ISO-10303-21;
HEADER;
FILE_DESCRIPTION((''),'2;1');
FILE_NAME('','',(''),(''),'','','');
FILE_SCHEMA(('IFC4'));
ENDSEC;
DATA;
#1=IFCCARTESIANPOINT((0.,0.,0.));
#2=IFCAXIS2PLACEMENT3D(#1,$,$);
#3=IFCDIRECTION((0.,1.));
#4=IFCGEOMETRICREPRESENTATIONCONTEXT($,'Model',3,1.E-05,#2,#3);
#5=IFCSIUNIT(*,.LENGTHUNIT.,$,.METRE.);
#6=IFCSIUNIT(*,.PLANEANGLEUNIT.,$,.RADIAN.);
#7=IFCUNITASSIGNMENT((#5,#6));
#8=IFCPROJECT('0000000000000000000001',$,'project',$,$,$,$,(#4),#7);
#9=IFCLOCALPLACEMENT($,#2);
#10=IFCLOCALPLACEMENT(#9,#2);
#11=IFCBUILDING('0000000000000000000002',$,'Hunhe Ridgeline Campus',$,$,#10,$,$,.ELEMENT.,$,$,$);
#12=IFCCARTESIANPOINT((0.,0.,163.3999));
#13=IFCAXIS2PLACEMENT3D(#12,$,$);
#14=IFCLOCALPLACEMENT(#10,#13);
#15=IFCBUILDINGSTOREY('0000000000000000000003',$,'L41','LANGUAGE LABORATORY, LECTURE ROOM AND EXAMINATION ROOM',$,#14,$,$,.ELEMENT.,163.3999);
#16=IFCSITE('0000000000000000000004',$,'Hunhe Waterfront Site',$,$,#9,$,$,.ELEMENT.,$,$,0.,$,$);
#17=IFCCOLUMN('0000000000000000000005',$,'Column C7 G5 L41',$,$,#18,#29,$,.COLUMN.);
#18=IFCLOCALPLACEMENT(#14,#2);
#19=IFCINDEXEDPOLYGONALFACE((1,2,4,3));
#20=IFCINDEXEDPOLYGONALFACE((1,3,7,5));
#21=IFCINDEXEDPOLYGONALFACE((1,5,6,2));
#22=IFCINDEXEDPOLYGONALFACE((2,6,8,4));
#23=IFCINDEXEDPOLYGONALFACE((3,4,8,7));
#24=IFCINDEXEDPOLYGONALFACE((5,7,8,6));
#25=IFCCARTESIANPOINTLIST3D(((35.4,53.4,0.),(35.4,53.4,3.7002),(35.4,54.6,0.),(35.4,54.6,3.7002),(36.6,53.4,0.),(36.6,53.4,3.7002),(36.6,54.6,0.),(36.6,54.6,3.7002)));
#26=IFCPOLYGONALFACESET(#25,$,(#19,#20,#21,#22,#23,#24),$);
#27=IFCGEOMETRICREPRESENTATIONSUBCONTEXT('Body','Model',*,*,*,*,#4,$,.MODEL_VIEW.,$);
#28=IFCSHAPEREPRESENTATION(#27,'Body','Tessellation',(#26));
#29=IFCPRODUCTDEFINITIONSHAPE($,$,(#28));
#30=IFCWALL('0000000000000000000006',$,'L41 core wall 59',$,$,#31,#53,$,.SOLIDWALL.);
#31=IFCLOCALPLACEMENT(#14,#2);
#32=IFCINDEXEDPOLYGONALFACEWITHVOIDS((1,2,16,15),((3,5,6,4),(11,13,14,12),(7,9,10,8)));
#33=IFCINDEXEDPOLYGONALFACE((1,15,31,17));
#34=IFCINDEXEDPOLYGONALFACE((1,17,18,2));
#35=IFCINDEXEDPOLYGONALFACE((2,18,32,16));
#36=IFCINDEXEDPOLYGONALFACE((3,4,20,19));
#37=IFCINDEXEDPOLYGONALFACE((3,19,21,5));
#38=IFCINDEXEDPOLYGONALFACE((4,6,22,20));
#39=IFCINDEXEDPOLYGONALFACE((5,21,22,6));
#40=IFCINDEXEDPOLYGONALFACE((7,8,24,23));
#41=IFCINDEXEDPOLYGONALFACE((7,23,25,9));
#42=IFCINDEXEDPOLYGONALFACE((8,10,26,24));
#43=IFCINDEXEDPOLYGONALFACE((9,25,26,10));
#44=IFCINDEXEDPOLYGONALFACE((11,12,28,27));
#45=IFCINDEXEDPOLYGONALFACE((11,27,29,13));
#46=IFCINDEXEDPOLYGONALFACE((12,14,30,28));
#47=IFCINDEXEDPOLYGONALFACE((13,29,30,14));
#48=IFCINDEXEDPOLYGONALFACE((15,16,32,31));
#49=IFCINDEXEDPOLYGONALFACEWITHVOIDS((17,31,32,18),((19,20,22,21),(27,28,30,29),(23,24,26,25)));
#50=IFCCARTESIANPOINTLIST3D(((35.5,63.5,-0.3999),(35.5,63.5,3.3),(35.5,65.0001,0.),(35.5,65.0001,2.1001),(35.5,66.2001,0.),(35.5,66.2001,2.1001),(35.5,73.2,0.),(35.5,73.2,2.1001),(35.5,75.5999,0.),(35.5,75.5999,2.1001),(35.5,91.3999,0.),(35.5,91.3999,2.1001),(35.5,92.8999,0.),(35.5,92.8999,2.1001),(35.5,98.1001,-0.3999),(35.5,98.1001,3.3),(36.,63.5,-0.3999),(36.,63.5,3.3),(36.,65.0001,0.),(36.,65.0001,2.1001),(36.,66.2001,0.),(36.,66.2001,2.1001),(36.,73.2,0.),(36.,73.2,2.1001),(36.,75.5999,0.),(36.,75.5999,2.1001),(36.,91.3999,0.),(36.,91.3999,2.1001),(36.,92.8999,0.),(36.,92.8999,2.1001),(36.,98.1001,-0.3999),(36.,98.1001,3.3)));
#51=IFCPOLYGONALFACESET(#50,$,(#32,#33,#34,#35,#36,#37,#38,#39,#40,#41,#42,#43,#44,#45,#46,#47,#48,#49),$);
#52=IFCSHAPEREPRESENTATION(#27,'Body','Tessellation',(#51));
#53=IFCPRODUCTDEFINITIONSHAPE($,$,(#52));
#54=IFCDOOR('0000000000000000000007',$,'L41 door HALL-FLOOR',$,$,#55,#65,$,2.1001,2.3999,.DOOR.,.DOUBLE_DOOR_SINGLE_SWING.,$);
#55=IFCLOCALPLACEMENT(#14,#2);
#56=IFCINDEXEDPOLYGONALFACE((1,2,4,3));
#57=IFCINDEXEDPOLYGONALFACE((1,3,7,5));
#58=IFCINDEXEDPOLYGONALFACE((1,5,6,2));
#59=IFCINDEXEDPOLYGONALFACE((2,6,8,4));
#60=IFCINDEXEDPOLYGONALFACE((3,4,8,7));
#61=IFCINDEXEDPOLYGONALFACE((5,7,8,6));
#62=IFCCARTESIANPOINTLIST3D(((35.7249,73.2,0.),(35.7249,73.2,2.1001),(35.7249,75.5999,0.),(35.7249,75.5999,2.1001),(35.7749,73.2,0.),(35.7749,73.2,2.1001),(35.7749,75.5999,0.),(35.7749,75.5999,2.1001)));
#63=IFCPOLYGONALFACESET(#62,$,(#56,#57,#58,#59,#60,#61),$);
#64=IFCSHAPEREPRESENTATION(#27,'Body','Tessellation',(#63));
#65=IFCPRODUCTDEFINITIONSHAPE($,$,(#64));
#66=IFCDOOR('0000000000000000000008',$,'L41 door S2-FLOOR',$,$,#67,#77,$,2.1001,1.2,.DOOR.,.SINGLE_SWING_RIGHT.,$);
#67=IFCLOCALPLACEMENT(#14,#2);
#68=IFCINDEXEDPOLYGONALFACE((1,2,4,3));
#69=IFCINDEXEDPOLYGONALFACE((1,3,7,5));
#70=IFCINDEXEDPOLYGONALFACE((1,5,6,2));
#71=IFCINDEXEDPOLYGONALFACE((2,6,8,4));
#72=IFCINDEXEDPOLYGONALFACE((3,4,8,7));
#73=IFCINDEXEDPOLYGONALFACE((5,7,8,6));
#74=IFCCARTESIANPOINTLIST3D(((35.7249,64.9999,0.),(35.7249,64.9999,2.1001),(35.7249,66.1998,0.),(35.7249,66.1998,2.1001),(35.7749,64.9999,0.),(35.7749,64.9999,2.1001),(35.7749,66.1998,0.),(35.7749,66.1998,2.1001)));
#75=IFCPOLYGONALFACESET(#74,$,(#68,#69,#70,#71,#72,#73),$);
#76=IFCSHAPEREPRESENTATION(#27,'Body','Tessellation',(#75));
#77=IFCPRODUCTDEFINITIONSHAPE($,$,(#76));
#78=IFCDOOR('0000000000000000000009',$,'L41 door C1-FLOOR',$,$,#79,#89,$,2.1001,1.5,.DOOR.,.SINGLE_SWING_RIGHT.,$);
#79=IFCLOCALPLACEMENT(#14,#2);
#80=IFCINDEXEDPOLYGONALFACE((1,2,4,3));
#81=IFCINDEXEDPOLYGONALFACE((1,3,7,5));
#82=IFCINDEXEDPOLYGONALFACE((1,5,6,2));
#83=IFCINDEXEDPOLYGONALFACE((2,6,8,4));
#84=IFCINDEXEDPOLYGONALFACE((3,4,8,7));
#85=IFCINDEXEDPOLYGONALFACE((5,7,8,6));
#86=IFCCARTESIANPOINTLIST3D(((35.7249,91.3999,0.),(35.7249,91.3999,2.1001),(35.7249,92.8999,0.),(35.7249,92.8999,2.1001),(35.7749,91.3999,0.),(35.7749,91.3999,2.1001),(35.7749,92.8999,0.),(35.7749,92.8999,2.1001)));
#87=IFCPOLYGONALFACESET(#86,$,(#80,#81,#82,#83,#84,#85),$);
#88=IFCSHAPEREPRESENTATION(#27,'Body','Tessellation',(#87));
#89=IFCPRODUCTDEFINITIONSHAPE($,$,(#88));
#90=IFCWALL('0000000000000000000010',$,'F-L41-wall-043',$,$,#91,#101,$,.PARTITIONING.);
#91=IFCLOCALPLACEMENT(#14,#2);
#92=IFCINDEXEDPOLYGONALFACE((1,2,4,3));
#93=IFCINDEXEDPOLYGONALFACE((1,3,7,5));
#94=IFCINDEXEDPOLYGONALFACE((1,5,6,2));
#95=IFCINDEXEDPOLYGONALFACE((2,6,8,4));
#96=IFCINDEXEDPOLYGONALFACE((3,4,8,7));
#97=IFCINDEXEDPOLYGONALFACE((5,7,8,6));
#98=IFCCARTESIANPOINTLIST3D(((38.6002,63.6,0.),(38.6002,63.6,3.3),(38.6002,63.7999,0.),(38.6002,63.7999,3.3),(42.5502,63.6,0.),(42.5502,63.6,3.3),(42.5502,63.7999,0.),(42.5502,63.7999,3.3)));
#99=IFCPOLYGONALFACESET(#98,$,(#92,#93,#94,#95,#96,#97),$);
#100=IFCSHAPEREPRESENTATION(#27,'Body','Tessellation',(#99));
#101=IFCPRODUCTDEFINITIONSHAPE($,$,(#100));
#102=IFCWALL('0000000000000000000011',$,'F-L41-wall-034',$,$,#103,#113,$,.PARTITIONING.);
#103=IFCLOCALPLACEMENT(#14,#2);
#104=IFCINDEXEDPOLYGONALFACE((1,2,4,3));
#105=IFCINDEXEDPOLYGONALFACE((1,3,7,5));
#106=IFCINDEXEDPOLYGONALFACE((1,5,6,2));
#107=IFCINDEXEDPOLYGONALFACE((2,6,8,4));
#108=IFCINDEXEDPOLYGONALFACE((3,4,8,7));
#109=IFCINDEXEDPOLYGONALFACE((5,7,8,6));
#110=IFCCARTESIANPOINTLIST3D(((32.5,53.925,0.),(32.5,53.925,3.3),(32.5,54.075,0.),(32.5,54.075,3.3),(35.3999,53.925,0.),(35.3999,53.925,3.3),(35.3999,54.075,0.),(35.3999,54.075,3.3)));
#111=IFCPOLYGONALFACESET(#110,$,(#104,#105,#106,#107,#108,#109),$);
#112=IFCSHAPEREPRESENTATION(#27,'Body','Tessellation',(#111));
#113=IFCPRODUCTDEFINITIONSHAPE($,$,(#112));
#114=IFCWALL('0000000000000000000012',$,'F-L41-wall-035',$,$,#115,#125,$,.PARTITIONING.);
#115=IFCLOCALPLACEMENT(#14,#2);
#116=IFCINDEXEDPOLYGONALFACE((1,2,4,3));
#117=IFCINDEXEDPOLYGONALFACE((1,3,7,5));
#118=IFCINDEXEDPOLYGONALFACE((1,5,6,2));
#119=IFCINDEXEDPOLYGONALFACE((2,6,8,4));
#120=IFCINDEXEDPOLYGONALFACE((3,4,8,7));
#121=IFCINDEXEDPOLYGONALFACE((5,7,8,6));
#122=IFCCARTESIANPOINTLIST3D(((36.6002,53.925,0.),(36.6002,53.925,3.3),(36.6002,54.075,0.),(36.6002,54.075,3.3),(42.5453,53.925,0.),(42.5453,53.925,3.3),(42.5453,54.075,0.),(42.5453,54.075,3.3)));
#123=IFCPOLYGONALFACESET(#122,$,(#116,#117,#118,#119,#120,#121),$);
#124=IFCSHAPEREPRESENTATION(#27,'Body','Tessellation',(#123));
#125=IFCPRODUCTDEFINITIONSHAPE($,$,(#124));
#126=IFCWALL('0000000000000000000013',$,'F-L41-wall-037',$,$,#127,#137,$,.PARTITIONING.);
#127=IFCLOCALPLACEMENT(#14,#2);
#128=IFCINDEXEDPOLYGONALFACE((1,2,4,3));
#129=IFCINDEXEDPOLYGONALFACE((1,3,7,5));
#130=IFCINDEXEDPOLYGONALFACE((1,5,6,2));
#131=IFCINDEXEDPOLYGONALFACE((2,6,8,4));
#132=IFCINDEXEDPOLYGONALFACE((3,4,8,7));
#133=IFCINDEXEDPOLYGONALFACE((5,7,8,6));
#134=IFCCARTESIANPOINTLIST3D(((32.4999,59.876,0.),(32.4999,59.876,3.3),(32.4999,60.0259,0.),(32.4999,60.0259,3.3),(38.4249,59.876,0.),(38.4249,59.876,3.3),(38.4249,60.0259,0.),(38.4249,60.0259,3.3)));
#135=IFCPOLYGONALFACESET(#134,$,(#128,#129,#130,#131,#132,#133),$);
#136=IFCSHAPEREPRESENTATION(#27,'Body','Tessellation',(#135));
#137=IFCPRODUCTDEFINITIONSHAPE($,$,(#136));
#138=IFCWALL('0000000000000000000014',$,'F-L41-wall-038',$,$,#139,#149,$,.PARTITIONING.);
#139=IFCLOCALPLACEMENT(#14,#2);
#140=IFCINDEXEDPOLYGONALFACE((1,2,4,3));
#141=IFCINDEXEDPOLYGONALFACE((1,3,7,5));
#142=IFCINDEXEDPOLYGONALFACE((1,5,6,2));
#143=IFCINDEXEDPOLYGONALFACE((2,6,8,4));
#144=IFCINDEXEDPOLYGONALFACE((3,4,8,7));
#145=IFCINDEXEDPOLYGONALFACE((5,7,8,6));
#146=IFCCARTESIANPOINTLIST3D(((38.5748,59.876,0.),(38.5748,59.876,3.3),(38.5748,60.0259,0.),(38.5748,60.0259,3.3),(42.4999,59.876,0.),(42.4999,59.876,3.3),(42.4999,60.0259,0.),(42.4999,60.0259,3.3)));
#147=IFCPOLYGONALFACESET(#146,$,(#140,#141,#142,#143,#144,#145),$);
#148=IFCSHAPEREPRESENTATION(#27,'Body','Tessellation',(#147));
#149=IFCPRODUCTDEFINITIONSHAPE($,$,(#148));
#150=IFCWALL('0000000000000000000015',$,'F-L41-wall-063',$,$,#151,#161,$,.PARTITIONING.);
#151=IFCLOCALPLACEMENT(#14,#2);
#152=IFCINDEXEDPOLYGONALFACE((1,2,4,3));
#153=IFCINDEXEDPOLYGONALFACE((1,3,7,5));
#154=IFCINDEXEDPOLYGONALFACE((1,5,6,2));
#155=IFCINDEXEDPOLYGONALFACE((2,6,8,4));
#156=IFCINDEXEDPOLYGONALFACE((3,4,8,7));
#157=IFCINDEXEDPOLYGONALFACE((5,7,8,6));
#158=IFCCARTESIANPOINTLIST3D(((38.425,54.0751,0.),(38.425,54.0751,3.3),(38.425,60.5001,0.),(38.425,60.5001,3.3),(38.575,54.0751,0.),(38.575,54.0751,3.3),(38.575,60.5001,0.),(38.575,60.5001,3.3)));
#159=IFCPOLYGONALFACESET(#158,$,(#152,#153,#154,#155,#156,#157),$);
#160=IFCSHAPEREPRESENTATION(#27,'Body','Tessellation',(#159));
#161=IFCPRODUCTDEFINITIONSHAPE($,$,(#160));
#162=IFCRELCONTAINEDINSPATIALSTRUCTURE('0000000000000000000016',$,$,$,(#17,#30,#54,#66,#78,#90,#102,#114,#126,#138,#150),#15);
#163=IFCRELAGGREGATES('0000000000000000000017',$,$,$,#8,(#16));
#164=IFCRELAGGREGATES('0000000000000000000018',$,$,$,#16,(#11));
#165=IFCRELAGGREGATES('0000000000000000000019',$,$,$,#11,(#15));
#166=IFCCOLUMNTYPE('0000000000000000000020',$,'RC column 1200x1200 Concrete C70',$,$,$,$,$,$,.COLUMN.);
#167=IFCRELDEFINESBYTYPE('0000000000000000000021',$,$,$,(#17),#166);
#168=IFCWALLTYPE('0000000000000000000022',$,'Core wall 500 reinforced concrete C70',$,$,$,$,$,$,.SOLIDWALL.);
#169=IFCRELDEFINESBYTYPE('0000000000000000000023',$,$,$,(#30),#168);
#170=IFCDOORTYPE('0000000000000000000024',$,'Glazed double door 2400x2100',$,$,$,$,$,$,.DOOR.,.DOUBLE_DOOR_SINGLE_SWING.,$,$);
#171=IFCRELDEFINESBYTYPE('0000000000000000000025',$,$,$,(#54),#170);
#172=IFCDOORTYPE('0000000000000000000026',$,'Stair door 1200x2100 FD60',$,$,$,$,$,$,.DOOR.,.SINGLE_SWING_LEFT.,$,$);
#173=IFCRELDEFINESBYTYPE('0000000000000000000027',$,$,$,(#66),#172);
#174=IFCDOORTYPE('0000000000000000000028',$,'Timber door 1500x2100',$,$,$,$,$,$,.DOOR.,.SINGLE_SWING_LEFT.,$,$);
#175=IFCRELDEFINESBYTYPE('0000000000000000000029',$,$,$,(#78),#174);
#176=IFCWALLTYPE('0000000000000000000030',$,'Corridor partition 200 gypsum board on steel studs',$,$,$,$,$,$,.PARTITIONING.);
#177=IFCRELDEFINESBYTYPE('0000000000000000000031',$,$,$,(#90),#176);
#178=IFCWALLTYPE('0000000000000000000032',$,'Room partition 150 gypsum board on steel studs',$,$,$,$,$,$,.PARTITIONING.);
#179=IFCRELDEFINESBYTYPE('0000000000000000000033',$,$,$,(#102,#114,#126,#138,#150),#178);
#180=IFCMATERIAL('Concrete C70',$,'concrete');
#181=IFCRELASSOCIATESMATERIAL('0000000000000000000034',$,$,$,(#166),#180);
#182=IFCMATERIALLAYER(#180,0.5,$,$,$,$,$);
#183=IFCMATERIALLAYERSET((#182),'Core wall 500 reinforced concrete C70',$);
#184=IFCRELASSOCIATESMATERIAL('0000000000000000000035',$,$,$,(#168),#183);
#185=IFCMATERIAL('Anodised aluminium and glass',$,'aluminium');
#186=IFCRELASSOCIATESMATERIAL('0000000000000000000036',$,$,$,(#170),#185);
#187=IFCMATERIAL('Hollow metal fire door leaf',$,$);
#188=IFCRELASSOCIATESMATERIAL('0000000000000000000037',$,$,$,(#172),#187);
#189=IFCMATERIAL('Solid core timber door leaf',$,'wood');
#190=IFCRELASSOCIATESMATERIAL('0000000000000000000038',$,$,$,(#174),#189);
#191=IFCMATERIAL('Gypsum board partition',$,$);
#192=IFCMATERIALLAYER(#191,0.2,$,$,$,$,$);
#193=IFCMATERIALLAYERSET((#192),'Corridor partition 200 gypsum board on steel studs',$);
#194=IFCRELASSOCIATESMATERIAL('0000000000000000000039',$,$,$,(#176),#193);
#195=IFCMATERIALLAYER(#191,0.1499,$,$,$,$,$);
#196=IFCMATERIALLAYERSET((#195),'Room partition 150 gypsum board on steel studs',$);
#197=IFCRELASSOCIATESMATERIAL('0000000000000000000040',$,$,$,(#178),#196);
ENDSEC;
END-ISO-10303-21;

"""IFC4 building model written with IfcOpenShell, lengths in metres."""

from ifc_helpers import new_model, si_unit, direction, frame, frame_2d, origin, origin_2d, place, context, subcontext, project, spatial, rectangle, extrude, material, layer, layer_set, material_profile, profile_set, type_object, element, fill, save


model = new_model("IFC4")

# Units and contexts
model_context = context("Model", 3, precision=1e-05, world=origin(), true_north=direction((0.0, 1.0)))
body_context = subcontext(model_context, "Body", "Model", "MODEL_VIEW")
ifc_project = project(units=[si_unit("LENGTHUNIT", "METRE"), si_unit("PLANEANGLEUNIT", "RADIAN")], contexts=[model_context])

# Site, building, storey
site_placement = place(None, origin())
site = spatial("IfcSite", under=ifc_project, at=site_placement, Name="Hunhe Waterfront Site", CompositionType="ELEMENT", RefElevation=0.0)
building_placement = place(site_placement, origin())
building = spatial("IfcBuilding", under=site, at=building_placement, Name="Hunhe Ridgeline Campus", CompositionType="ELEMENT")
storey_placement = place(building_placement, frame((0.0, 0.0, 163.3999)))
storey = spatial("IfcBuildingStorey", under=building, at=storey_placement, Name="L41", Description="LANGUAGE LABORATORY, LECTURE ROOM AND EXAMINATION ROOM", CompositionType="ELEMENT", Elevation=163.3999)

# Column
ifc_material_1 = material(Name="Concrete C70", Category="concrete")
ifc_material_profile = material_profile(ifc_material_1, rectangle(XDim=1.2, YDim=1.2, at=origin_2d()))
ifc_profile_set = profile_set([ifc_material_profile], Name="Concrete C70")
column_type = type_object("IfcColumnType", Name="RC column 1200x1200 Concrete C70", PredefinedType="COLUMN", material=ifc_profile_set)
column_placement = place(storey_placement, frame((36.0, 54.0, 0.0), z_axis=(0.0, 0.0, 1.0), x_axis=(1.0, 0.0, 0.0)))
element("IfcColumn", 1, at=column_placement, inside=storey, type_object=column_type, Name="Column C7 G5 L41", PredefinedType="COLUMN", context=body_context, shape_type="SweptSolid", body=[
    extrude(rectangle(XDim=1.2, YDim=1.2, at=origin_2d()), origin(), (0.0, 0.0, 1.0), 3.7002),
])

# Wall, openings, doors
ifc_layer_1 = layer(ifc_material_1, 0.5)
ifc_layer_set_1 = layer_set([ifc_layer_1], Name="Core wall 500 reinforced concrete C70")
wall_type_1 = type_object("IfcWallType", Name="Core wall 500 reinforced concrete C70", PredefinedType="SOLIDWALL", material=ifc_layer_set_1)
wall_1_placement = place(storey_placement, frame((35.75, 63.5, -0.3999), z_axis=(0.0, 0.0, 1.0), x_axis=(0.0, 1.0, 0.0)))
wall_1 = element("IfcWall", 2, at=wall_1_placement, inside=storey, type_object=wall_type_1, Name="L41 core wall 59", PredefinedType="SOLIDWALL", context=body_context, shape_type="SweptSolid", body=[
    extrude(rectangle(XDim=34.6001, YDim=0.5, at=frame_2d((17.3, 0.0))), origin(), (0.0, 0.0, 1.0), 3.7),
])
opening_1_placement = place(wall_1_placement, frame((9.7, 0.0, 0.3999)))
opening_1 = element("IfcOpeningElement", 3, at=opening_1_placement, cuts=wall_1, PredefinedType="OPENING", context=body_context, shape_type="SweptSolid", body=[
    extrude(rectangle(XDim=2.3999, YDim=2.1001, at=frame_2d((1.2, 1.05))), frame((0.0, 0.25, 0.0), z_axis=(0.0, -1.0, 0.0), x_axis=(1.0, 0.0, 0.0)), (0.0, 0.0, 1.0), 0.5),
])
opening_2_placement = place(wall_1_placement, frame((27.8999, 0.0, 0.3999)))
opening_2 = element("IfcOpeningElement", 4, at=opening_2_placement, cuts=wall_1, PredefinedType="OPENING", context=body_context, shape_type="SweptSolid", body=[
    extrude(rectangle(XDim=1.5, YDim=2.1001, at=frame_2d((0.75, 1.05))), frame((0.0, 0.25, 0.0), z_axis=(0.0, -1.0, 0.0), x_axis=(1.0, 0.0, 0.0)), (0.0, 0.0, 1.0), 0.5),
])
opening_3_placement = place(wall_1_placement, frame((1.5, 0.0, 0.3999)))
opening_3 = element("IfcOpeningElement", 5, at=opening_3_placement, cuts=wall_1, PredefinedType="OPENING", context=body_context, shape_type="SweptSolid", body=[
    extrude(rectangle(XDim=1.2, YDim=2.1001, at=frame_2d((0.6001, 1.05))), frame((0.0, 0.25, 0.0), z_axis=(0.0, -1.0, 0.0), x_axis=(1.0, 0.0, 0.0)), (0.0, 0.0, 1.0), 0.5),
])
ifc_material_2 = material(Name="Anodised aluminium and glass", Category="aluminium")
door_type_1 = type_object("IfcDoorType", Name="Glazed double door 2400x2100", OperationType="DOUBLE_DOOR_SINGLE_SWING", PredefinedType="DOOR", material=ifc_material_2)
door_1_placement = place(opening_1_placement, frame((2.3999, 0.0, 0.0), z_axis=(0.0, 0.0, 1.0), x_axis=(-1.0, 0.0, 0.0)))
door_1 = element("IfcDoor", 6, at=door_1_placement, inside=storey, type_object=door_type_1, Name="L41 door HALL-FLOOR", OperationType="DOUBLE_DOOR_SINGLE_SWING", OverallHeight=2.1001, OverallWidth=2.3999, PredefinedType="DOOR", context=body_context, shape_type="SweptSolid", body=[
    extrude(rectangle(XDim=2.3999, YDim=2.1001, at=frame_2d((1.2, 1.05))), frame((0.0, 0.0249, 0.0), z_axis=(0.0, -1.0, 0.0), x_axis=(1.0, 0.0, 0.0)), (0.0, 0.0, 1.0), 0.05),
])
fill(opening_1, door_1)
ifc_material_3 = material(Name="Hollow metal fire door leaf")
door_type_2 = type_object("IfcDoorType", Name="Stair door 1200x2100 FD60", OperationType="SINGLE_SWING_LEFT", PredefinedType="DOOR", material=ifc_material_3)
door_2_placement = place(opening_3_placement, frame((1.2, 0.0, 0.0), z_axis=(0.0, 0.0, 1.0), x_axis=(-1.0, 0.0, 0.0)))
door_2 = element("IfcDoor", 7, at=door_2_placement, inside=storey, type_object=door_type_2, Name="L41 door S2-FLOOR", OperationType="SINGLE_SWING_RIGHT", OverallHeight=2.1001, OverallWidth=1.2, PredefinedType="DOOR", context=body_context, shape_type="SweptSolid", body=[
    extrude(rectangle(XDim=1.2, YDim=2.1001, at=frame_2d((0.6001, 1.05))), frame((0.0, 0.0249, 0.0), z_axis=(0.0, -1.0, 0.0), x_axis=(1.0, 0.0, 0.0)), (0.0, 0.0, 1.0), 0.05),
])
fill(opening_3, door_2)
ifc_material_4 = material(Name="Solid core timber door leaf", Category="wood")
door_type_3 = type_object("IfcDoorType", Name="Timber door 1500x2100", OperationType="SINGLE_SWING_LEFT", PredefinedType="DOOR", material=ifc_material_4)
door_3_placement = place(opening_2_placement, frame((1.5, 0.0, 0.0), z_axis=(0.0, 0.0, 1.0), x_axis=(-1.0, 0.0, 0.0)))
door_3 = element("IfcDoor", 8, at=door_3_placement, inside=storey, type_object=door_type_3, Name="L41 door C1-FLOOR", OperationType="SINGLE_SWING_RIGHT", OverallHeight=2.1001, OverallWidth=1.5, PredefinedType="DOOR", context=body_context, shape_type="SweptSolid", body=[
    extrude(rectangle(XDim=1.5, YDim=2.1001, at=frame_2d((0.75, 1.05))), frame((0.0, 0.0249, 0.0), z_axis=(0.0, -1.0, 0.0), x_axis=(1.0, 0.0, 0.0)), (0.0, 0.0, 1.0), 0.05),
])
fill(opening_2, door_3)

# Wall
ifc_material_5 = material(Name="Gypsum board partition")
ifc_layer_2 = layer(ifc_material_5, 0.2)
ifc_layer_set_2 = layer_set([ifc_layer_2], Name="Corridor partition 200 gypsum board on steel studs")
wall_type_2 = type_object("IfcWallType", Name="Corridor partition 200 gypsum board on steel studs", PredefinedType="PARTITIONING", material=ifc_layer_set_2)
wall_2_placement = place(storey_placement, frame((38.6001, 63.7, 0.0), z_axis=(0.0, 0.0, 1.0), x_axis=(1.0, 0.0, 0.0)))
element("IfcWall", 9, at=wall_2_placement, inside=storey, type_object=wall_type_2, Name="F-L41-wall-043", PredefinedType="PARTITIONING", context=body_context, shape_type="SweptSolid", body=[
    extrude(rectangle(XDim=3.95, YDim=0.2, at=frame_2d((1.9751, 0.0))), origin(), (0.0, 0.0, 1.0), 3.3),
])

# Walls
ifc_layer_3 = layer(ifc_material_5, 0.1499)
ifc_layer_set_3 = layer_set([ifc_layer_3], Name="Room partition 150 gypsum board on steel studs")
wall_type_3 = type_object("IfcWallType", Name="Room partition 150 gypsum board on steel studs", PredefinedType="PARTITIONING", material=ifc_layer_set_3)
wall_3_placement = place(storey_placement, frame((32.5, 54.0, 0.0), z_axis=(0.0, 0.0, 1.0), x_axis=(1.0, 0.0, 0.0)))
element("IfcWall", 10, at=wall_3_placement, inside=storey, type_object=wall_type_3, Name="F-L41-wall-034", PredefinedType="PARTITIONING", context=body_context, shape_type="SweptSolid", body=[
    extrude(rectangle(XDim=2.8999, YDim=0.1499, at=frame_2d((1.45, 0.0))), origin(), (0.0, 0.0, 1.0), 3.3),
])
wall_4_placement = place(storey_placement, frame((36.6001, 54.0, 0.0), z_axis=(0.0, 0.0, 1.0), x_axis=(1.0, 0.0, 0.0)))
element("IfcWall", 11, at=wall_4_placement, inside=storey, type_object=wall_type_3, Name="F-L41-wall-035", PredefinedType="PARTITIONING", context=body_context, shape_type="SweptSolid", body=[
    extrude(rectangle(XDim=5.9451, YDim=0.1499, at=frame_2d((2.9727, 0.0))), origin(), (0.0, 0.0, 1.0), 3.3),
])
wall_5_placement = place(storey_placement, frame((32.5, 59.9509, 0.0), z_axis=(0.0, 0.0, 1.0), x_axis=(1.0, 0.0, 0.0)))
element("IfcWall", 12, at=wall_5_placement, inside=storey, type_object=wall_type_3, Name="F-L41-wall-037", PredefinedType="PARTITIONING", context=body_context, shape_type="SweptSolid", body=[
    extrude(rectangle(XDim=5.925, YDim=0.1499, at=frame_2d((2.9624, 0.0))), origin(), (0.0, 0.0, 1.0), 3.3),
])
wall_6_placement = place(storey_placement, frame((38.575, 59.9509, 0.0), z_axis=(0.0, 0.0, 1.0), x_axis=(1.0, 0.0, 0.0)))
element("IfcWall", 13, at=wall_6_placement, inside=storey, type_object=wall_type_3, Name="F-L41-wall-038", PredefinedType="PARTITIONING", context=body_context, shape_type="SweptSolid", body=[
    extrude(rectangle(XDim=3.925, YDim=0.1499, at=frame_2d((1.9624, 0.0))), origin(), (0.0, 0.0, 1.0), 3.3),
])
wall_7_placement = place(storey_placement, frame((38.5, 60.5, 0.0), z_axis=(0.0, 0.0, 1.0), x_axis=(0.0, -1.0, 0.0)))
element("IfcWall", 14, at=wall_7_placement, inside=storey, type_object=wall_type_3, Name="F-L41-wall-063", PredefinedType="PARTITIONING", context=body_context, shape_type="SweptSolid", body=[
    extrude(rectangle(XDim=6.425, YDim=0.1499, at=frame_2d((3.2124, 0.0))), origin(), (0.0, 0.0, 1.0), 3.3),
])

save(model, "model.ifc")
